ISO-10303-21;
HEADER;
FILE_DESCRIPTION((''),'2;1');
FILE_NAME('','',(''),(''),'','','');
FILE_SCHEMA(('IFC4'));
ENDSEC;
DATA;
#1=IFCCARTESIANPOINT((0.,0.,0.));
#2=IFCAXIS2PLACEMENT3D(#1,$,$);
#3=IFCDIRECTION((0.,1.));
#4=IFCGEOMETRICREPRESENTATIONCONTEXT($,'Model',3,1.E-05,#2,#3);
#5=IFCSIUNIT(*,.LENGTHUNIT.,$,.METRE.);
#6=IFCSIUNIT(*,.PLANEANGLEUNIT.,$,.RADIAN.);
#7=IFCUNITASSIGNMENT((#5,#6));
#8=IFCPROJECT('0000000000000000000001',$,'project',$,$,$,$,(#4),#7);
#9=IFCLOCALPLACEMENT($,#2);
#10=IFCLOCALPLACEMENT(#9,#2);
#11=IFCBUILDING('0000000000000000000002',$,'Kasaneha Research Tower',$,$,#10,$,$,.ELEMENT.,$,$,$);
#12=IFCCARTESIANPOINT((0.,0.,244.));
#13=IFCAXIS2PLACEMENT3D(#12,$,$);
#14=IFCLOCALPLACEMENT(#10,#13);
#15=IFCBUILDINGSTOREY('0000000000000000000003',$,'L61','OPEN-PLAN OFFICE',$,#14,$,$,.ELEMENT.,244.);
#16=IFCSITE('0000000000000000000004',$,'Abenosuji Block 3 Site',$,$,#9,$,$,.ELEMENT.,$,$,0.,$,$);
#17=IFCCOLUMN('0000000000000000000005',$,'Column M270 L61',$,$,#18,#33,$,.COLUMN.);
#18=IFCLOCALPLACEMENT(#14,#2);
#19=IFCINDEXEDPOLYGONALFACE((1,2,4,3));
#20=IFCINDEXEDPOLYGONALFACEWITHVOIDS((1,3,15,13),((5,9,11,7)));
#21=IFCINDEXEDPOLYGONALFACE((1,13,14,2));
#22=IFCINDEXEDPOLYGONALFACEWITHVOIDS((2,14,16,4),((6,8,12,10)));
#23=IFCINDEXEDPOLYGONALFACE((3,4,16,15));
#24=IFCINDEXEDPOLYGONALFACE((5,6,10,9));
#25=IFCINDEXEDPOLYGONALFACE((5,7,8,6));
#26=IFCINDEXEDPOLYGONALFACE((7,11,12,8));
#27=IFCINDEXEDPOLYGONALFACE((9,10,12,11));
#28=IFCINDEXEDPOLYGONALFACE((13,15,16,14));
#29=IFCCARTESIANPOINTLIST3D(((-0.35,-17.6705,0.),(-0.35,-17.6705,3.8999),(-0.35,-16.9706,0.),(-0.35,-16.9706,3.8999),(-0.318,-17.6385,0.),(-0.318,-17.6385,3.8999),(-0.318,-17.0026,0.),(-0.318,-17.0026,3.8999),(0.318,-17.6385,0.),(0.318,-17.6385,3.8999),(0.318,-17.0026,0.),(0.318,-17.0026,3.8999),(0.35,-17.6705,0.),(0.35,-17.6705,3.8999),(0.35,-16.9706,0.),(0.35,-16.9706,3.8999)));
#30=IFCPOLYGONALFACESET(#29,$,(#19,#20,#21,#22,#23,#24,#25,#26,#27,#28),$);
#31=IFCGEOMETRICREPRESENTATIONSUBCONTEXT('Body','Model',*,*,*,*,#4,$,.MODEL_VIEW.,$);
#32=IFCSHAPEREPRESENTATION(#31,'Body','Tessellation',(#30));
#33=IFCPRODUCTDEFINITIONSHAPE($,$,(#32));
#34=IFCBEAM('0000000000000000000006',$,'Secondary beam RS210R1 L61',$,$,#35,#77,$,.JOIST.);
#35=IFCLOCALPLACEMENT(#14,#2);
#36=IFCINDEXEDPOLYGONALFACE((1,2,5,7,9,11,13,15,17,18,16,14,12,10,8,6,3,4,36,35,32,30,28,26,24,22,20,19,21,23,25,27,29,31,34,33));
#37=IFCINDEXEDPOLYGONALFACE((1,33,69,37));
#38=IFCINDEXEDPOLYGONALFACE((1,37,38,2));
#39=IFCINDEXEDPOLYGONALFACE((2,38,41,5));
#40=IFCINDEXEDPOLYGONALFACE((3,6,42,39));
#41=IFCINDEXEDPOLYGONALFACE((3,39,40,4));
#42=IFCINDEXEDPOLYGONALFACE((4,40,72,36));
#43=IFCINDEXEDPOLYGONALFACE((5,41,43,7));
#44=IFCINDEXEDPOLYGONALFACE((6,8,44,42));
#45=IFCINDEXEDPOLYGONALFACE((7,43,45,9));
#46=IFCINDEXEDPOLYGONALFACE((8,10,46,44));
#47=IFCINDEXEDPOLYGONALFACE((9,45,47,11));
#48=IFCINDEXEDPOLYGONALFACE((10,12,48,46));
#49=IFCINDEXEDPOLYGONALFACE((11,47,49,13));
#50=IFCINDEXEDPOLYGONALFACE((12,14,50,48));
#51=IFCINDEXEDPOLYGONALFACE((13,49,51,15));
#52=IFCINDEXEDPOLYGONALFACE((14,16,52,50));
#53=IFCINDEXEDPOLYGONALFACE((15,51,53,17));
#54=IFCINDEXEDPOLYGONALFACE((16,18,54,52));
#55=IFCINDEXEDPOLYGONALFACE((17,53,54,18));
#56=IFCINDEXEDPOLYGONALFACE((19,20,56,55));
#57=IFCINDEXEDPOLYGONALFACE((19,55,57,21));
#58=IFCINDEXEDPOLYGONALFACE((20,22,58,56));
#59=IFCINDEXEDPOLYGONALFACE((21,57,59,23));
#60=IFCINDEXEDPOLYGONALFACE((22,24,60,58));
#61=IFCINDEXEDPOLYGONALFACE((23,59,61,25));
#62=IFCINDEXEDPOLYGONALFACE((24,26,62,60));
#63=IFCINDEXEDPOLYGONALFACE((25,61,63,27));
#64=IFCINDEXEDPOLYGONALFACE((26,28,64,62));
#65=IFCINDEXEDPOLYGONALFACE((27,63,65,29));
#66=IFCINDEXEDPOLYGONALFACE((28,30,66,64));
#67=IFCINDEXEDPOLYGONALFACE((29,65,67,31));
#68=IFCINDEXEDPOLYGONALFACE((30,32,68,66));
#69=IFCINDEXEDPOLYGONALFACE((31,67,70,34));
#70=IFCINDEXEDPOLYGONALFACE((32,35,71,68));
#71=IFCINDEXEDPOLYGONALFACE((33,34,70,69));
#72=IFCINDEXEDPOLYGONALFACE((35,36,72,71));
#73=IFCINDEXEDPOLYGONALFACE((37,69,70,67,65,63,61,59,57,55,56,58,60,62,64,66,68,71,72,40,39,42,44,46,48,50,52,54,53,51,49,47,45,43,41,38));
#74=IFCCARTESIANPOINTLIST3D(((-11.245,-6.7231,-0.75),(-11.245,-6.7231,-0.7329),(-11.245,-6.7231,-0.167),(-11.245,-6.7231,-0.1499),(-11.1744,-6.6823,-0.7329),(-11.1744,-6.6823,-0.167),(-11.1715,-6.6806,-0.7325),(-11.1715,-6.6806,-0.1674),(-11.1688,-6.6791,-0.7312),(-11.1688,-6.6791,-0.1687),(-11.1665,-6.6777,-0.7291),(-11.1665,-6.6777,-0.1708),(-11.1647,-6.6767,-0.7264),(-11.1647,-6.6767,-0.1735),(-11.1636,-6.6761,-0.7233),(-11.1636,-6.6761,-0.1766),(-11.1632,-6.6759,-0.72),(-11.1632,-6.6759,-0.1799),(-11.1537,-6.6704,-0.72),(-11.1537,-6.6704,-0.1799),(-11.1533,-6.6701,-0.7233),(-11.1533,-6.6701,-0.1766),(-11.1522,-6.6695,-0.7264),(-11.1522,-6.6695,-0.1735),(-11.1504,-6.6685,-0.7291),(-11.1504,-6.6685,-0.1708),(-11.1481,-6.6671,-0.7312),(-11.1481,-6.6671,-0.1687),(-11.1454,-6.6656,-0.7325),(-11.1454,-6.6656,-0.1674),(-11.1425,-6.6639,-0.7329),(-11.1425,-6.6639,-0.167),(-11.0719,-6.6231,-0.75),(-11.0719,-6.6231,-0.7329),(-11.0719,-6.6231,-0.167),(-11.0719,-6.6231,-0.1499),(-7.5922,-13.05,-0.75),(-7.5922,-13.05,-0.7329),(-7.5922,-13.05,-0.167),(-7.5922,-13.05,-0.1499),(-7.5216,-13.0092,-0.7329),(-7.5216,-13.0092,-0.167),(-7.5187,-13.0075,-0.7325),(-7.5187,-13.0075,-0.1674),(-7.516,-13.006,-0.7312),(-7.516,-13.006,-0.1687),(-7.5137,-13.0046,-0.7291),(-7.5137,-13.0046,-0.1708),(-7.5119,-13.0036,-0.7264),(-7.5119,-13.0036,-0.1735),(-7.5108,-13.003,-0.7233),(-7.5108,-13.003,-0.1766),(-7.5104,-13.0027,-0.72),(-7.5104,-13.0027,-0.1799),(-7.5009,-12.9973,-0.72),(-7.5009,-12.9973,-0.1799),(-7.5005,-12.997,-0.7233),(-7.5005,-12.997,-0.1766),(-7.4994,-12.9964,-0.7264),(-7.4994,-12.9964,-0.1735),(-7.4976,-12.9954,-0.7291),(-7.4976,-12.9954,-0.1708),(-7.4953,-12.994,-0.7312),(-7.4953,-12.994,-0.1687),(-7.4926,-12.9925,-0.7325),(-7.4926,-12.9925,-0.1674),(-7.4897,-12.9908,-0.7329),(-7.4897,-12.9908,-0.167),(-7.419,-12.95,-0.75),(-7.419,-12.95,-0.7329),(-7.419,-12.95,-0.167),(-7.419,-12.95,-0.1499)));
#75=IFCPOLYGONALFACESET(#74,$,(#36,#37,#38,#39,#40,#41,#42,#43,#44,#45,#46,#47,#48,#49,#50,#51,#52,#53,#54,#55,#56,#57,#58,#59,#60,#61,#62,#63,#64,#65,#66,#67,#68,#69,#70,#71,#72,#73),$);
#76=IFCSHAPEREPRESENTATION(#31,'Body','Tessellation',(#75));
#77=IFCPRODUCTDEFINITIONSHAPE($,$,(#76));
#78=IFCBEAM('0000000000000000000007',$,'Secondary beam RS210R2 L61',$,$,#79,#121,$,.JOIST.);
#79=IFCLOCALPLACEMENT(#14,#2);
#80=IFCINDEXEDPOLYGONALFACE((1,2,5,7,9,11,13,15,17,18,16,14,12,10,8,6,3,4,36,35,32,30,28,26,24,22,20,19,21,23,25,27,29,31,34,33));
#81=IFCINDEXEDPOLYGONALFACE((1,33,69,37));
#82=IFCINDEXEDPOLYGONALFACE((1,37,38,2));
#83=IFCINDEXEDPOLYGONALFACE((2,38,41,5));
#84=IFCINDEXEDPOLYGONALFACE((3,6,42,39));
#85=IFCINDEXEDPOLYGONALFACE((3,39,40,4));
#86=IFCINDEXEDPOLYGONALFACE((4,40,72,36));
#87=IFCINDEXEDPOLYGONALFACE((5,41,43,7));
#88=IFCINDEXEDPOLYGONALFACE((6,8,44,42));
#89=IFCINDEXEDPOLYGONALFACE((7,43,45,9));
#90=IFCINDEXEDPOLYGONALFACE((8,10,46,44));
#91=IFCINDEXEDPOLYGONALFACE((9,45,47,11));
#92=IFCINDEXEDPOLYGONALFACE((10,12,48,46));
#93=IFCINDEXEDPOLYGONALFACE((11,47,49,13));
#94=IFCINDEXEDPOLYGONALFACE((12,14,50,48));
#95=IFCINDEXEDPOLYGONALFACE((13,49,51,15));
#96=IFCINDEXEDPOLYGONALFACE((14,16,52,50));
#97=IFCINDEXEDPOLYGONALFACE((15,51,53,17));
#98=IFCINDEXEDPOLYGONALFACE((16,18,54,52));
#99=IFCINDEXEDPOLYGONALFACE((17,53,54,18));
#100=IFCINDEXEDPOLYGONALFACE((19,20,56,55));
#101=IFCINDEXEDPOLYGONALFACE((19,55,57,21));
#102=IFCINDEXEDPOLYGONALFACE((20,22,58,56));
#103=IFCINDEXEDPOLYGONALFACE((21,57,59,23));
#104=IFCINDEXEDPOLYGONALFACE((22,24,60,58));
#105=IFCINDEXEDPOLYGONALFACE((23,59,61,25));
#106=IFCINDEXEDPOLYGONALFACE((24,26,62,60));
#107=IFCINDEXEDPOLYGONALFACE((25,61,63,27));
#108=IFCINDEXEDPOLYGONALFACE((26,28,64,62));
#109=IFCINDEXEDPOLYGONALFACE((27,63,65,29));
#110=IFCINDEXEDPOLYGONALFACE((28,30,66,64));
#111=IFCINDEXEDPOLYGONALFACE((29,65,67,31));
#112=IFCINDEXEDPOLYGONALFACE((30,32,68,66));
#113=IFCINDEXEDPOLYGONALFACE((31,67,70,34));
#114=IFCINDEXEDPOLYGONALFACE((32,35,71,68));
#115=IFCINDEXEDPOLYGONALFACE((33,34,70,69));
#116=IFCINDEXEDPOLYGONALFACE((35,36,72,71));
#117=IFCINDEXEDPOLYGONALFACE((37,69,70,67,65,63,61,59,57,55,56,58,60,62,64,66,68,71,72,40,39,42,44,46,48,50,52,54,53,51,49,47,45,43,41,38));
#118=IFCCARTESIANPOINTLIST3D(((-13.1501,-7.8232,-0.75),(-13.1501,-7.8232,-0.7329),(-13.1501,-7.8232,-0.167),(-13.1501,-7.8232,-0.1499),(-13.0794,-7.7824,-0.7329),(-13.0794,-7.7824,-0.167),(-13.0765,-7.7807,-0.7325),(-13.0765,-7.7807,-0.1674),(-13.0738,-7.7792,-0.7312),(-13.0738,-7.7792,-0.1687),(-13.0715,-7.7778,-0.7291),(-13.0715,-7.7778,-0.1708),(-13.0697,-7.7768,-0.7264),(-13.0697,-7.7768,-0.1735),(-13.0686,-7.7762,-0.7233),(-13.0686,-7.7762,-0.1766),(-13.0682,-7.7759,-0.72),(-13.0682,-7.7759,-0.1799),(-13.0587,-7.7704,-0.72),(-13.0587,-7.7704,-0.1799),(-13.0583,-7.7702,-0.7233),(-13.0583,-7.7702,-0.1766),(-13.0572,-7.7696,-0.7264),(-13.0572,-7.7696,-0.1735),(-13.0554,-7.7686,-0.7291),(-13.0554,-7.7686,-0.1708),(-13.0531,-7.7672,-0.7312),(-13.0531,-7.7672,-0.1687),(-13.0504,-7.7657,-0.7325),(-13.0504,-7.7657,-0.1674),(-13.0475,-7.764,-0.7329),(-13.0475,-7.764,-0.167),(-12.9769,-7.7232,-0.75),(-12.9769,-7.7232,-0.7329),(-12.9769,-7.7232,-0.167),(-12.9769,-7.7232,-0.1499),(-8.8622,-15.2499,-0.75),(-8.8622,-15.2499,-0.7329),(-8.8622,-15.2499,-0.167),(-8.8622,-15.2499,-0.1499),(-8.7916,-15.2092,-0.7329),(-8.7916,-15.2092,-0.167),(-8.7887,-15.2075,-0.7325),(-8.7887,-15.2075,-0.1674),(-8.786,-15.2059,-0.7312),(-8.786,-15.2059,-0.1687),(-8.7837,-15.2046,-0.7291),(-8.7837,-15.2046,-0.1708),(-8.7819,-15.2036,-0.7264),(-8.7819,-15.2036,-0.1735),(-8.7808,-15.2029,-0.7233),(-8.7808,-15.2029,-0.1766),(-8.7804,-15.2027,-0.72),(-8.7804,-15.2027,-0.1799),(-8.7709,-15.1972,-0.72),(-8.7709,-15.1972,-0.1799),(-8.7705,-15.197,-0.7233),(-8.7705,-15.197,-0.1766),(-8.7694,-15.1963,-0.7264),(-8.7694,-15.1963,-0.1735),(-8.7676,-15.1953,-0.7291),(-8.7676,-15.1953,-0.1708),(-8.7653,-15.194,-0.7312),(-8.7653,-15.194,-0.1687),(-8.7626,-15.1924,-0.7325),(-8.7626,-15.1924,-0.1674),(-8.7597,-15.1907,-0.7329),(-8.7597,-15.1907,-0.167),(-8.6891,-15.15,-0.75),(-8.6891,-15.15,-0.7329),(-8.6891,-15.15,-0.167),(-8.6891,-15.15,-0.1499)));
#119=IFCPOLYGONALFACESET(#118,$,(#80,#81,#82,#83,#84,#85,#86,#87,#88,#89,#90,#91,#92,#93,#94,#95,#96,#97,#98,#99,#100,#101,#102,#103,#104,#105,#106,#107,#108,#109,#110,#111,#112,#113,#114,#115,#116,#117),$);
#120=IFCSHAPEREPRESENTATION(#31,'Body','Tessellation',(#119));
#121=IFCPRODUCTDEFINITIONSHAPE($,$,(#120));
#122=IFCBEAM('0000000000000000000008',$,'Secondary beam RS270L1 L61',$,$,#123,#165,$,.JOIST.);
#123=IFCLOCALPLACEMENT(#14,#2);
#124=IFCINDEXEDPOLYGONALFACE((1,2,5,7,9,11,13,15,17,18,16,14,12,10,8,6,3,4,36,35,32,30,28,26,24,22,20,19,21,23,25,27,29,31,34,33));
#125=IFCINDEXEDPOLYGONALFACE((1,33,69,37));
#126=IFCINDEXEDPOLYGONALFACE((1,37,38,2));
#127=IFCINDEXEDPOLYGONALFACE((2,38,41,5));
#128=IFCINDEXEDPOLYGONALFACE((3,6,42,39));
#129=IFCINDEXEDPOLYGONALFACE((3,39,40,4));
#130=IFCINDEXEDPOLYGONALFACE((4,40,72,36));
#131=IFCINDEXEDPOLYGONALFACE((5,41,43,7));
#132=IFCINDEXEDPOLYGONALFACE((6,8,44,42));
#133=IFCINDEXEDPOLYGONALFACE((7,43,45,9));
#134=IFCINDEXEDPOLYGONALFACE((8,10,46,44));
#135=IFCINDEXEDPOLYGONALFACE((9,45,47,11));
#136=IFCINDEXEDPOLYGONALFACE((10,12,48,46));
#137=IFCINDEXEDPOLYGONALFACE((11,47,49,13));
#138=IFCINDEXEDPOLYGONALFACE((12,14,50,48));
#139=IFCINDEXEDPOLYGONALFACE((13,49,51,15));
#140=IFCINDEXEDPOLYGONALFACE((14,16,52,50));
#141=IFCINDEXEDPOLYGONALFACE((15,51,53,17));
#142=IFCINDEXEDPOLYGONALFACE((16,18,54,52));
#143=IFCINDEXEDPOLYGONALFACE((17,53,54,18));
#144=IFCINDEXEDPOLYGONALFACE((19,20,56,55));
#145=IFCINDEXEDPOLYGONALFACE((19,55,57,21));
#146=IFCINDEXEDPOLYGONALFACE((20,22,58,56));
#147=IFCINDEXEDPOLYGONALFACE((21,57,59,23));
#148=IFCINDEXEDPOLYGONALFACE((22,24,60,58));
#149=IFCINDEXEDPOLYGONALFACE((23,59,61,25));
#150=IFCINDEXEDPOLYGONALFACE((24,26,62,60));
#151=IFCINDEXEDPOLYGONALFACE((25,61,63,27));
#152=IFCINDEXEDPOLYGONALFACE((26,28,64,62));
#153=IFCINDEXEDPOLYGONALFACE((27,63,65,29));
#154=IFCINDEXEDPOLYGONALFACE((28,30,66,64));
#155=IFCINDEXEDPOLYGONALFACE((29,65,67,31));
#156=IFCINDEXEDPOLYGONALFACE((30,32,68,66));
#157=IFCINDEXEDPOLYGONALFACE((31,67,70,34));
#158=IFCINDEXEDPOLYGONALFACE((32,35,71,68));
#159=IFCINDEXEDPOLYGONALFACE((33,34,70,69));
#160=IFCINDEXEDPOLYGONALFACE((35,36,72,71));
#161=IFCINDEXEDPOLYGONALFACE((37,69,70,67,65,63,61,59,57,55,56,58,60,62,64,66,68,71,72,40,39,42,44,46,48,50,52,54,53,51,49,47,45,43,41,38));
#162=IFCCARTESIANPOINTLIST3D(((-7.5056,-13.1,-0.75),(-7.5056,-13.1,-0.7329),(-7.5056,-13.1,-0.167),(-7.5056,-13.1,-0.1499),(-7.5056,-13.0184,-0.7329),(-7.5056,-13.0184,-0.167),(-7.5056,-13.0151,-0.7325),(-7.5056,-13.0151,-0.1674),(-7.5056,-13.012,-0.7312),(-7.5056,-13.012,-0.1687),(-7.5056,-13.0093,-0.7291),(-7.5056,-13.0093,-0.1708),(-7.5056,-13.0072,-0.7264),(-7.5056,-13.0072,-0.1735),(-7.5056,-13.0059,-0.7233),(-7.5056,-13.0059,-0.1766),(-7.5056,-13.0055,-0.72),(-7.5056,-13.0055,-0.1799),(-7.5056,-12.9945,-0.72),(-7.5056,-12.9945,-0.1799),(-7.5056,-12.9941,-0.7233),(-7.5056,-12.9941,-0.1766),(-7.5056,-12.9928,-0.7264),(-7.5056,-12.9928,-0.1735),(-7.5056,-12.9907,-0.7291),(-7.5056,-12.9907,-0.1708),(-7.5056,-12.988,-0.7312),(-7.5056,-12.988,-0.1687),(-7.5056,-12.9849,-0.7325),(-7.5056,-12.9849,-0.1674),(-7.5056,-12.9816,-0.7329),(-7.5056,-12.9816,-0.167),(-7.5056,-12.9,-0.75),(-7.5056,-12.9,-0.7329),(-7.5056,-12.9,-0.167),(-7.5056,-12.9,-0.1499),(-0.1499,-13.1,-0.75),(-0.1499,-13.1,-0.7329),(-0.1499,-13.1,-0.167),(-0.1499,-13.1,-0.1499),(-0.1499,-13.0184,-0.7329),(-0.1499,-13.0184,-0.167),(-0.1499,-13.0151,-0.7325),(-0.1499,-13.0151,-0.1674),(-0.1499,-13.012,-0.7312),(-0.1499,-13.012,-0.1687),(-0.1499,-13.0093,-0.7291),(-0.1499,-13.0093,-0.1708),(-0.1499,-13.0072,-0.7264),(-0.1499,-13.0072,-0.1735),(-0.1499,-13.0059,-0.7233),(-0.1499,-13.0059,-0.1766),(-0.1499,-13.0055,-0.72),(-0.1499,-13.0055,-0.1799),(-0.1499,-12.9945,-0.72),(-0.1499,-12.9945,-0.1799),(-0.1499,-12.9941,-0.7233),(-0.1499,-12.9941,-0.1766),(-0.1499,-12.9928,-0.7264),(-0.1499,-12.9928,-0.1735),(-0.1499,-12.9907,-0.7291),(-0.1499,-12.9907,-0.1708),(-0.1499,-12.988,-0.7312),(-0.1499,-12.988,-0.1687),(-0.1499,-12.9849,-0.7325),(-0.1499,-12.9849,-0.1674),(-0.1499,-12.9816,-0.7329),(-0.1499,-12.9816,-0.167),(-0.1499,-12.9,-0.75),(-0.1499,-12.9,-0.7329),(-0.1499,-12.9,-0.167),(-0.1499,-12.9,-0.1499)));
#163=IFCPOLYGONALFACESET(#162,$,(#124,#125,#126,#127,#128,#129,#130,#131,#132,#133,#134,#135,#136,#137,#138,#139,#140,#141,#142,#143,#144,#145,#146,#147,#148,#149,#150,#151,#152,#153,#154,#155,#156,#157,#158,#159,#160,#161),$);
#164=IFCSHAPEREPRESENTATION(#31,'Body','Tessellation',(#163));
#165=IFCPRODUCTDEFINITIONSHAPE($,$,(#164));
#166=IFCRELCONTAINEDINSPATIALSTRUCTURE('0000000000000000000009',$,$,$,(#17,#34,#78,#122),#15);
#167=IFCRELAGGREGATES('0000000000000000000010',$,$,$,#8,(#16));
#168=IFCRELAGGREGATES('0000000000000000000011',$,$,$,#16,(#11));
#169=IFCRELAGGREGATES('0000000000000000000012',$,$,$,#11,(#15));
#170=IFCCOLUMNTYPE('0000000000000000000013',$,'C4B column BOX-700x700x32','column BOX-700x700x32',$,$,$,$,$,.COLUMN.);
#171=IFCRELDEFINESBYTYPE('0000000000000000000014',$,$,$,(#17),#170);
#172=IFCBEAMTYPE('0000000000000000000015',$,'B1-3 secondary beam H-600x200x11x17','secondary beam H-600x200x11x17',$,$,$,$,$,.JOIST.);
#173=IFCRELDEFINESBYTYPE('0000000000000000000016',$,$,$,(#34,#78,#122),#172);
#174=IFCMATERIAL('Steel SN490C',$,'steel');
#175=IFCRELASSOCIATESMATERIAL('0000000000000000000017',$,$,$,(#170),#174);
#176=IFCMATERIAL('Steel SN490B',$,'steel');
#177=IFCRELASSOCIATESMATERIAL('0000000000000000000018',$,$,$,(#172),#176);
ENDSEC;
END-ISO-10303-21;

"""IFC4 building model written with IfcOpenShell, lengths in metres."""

from ifc_helpers import new_model, si_unit, direction, frame, origin, origin_2d, place, context, subcontext, project, spatial, hollow_rectangle, i_section, extrude, material, material_profile, profile_set, type_object, element, save


model = new_model("IFC4")

# Units and contexts
model_context = context("Model", 3, precision=1e-05, world=origin(), true_north=direction((0.0, 1.0)))
body_context = subcontext(model_context, "Body", "Model", "MODEL_VIEW")
ifc_project = project(units=[si_unit("LENGTHUNIT", "METRE"), si_unit("PLANEANGLEUNIT", "RADIAN")], contexts=[model_context])

# Site, building, storey
site_placement = place(None, origin())
site = spatial("IfcSite", under=ifc_project, at=site_placement, Name="Abenosuji Block 3 Site", CompositionType="ELEMENT", RefElevation=0.0)
building_placement = place(site_placement, origin())
building = spatial("IfcBuilding", under=site, at=building_placement, Name="Kasaneha Research Tower", CompositionType="ELEMENT")
storey_placement = place(building_placement, frame((0.0, 0.0, 244.0)))
storey = spatial("IfcBuildingStorey", under=building, at=storey_placement, Name="L61", Description="OPEN-PLAN OFFICE", CompositionType="ELEMENT", Elevation=244.0)

# Column
ifc_material_1 = material(Name="Steel SN490C", Category="steel")
ifc_material_profile_1 = material_profile(ifc_material_1, hollow_rectangle(XDim=0.7, YDim=0.7, WallThickness=0.032, at=origin_2d()), Name="BOX-700x700x32")
ifc_profile_set_1 = profile_set([ifc_material_profile_1], Name="Steel SN490C")
column_type = type_object("IfcColumnType", Name="C4B column BOX-700x700x32", Description="column BOX-700x700x32", PredefinedType="COLUMN", material=ifc_profile_set_1)
column_placement = place(storey_placement, frame((0.0, -17.3206, 0.0), z_axis=(0.0, 0.0, 1.0), x_axis=(1.0, 0.0, 0.0)))
element("IfcColumn", 1, at=column_placement, inside=storey, type_object=column_type, Name="Column M270 L61", PredefinedType="COLUMN", context=body_context, shape_type="SweptSolid", body=[
    extrude(hollow_rectangle(XDim=0.7, YDim=0.7, WallThickness=0.032, at=origin_2d()), origin(), (0.0, 0.0, 1.0), 3.8999),
])

# Beams
ifc_material_2 = material(Name="Steel SN490B", Category="steel")
ifc_material_profile_2 = material_profile(ifc_material_2, i_section(OverallWidth=0.2, OverallDepth=0.6001, WebThickness=0.011, FlangeThickness=0.0171, FilletRadius=0.0129, at=origin_2d()), Name="H-600x200x11x17")
ifc_profile_set_2 = profile_set([ifc_material_profile_2], Name="Steel SN490B")
beam_type_1 = type_object("IfcBeamType", Name="B1-3 secondary beam H-600x200x11x17", Description="secondary beam H-600x200x11x17", PredefinedType="JOIST", material=ifc_profile_set_2)
beam_1_placement = place(storey_placement, frame((-7.5056, -13.0, -0.45), z_axis=(-0.499999, 0.866026, 0.0), x_axis=(-0.866026, -0.499999, 0.0)))
element("IfcBeam", 2, at=beam_1_placement, inside=storey, type_object=beam_type_1, Name="Secondary beam RS210R1 L61", PredefinedType="JOIST", context=body_context, shape_type="SweptSolid", body=[
    extrude(i_section(OverallWidth=0.2, OverallDepth=0.6001, WebThickness=0.011, FlangeThickness=0.0171, FilletRadius=0.0129, at=origin_2d()), origin(), (0.0, 0.0, 1.0), 7.3057),
])
beam_2_placement = place(storey_placement, frame((-8.7756, -15.2, -0.45), z_axis=(-0.5, 0.866025, 0.0), x_axis=(-0.866025, -0.5, 0.0)))
element("IfcBeam", 3, at=beam_2_placement, inside=storey, type_object=beam_type_1, Name="Secondary beam RS210R2 L61", PredefinedType="JOIST", context=body_context, shape_type="SweptSolid", body=[
    extrude(i_section(OverallWidth=0.2, OverallDepth=0.6001, WebThickness=0.011, FlangeThickness=0.0171, FilletRadius=0.0129, at=origin_2d()), origin(), (0.0, 0.0, 1.0), 8.5757),
])
beam_3_placement = place(storey_placement, frame((-7.5056, -13.0, -0.45), z_axis=(1.0, 0.0, 0.0), x_axis=(0.0, 1.0, 0.0)))
element("IfcBeam", 4, at=beam_3_placement, inside=storey, type_object=beam_type_1, Name="Secondary beam RS270L1 L61", PredefinedType="JOIST", context=body_context, shape_type="SweptSolid", body=[
    extrude(i_section(OverallWidth=0.2, OverallDepth=0.6001, WebThickness=0.011, FlangeThickness=0.0171, FilletRadius=0.0129, at=origin_2d()), origin(), (0.0, 0.0, 1.0), 7.3557),
])

save(model, "model.ifc")
